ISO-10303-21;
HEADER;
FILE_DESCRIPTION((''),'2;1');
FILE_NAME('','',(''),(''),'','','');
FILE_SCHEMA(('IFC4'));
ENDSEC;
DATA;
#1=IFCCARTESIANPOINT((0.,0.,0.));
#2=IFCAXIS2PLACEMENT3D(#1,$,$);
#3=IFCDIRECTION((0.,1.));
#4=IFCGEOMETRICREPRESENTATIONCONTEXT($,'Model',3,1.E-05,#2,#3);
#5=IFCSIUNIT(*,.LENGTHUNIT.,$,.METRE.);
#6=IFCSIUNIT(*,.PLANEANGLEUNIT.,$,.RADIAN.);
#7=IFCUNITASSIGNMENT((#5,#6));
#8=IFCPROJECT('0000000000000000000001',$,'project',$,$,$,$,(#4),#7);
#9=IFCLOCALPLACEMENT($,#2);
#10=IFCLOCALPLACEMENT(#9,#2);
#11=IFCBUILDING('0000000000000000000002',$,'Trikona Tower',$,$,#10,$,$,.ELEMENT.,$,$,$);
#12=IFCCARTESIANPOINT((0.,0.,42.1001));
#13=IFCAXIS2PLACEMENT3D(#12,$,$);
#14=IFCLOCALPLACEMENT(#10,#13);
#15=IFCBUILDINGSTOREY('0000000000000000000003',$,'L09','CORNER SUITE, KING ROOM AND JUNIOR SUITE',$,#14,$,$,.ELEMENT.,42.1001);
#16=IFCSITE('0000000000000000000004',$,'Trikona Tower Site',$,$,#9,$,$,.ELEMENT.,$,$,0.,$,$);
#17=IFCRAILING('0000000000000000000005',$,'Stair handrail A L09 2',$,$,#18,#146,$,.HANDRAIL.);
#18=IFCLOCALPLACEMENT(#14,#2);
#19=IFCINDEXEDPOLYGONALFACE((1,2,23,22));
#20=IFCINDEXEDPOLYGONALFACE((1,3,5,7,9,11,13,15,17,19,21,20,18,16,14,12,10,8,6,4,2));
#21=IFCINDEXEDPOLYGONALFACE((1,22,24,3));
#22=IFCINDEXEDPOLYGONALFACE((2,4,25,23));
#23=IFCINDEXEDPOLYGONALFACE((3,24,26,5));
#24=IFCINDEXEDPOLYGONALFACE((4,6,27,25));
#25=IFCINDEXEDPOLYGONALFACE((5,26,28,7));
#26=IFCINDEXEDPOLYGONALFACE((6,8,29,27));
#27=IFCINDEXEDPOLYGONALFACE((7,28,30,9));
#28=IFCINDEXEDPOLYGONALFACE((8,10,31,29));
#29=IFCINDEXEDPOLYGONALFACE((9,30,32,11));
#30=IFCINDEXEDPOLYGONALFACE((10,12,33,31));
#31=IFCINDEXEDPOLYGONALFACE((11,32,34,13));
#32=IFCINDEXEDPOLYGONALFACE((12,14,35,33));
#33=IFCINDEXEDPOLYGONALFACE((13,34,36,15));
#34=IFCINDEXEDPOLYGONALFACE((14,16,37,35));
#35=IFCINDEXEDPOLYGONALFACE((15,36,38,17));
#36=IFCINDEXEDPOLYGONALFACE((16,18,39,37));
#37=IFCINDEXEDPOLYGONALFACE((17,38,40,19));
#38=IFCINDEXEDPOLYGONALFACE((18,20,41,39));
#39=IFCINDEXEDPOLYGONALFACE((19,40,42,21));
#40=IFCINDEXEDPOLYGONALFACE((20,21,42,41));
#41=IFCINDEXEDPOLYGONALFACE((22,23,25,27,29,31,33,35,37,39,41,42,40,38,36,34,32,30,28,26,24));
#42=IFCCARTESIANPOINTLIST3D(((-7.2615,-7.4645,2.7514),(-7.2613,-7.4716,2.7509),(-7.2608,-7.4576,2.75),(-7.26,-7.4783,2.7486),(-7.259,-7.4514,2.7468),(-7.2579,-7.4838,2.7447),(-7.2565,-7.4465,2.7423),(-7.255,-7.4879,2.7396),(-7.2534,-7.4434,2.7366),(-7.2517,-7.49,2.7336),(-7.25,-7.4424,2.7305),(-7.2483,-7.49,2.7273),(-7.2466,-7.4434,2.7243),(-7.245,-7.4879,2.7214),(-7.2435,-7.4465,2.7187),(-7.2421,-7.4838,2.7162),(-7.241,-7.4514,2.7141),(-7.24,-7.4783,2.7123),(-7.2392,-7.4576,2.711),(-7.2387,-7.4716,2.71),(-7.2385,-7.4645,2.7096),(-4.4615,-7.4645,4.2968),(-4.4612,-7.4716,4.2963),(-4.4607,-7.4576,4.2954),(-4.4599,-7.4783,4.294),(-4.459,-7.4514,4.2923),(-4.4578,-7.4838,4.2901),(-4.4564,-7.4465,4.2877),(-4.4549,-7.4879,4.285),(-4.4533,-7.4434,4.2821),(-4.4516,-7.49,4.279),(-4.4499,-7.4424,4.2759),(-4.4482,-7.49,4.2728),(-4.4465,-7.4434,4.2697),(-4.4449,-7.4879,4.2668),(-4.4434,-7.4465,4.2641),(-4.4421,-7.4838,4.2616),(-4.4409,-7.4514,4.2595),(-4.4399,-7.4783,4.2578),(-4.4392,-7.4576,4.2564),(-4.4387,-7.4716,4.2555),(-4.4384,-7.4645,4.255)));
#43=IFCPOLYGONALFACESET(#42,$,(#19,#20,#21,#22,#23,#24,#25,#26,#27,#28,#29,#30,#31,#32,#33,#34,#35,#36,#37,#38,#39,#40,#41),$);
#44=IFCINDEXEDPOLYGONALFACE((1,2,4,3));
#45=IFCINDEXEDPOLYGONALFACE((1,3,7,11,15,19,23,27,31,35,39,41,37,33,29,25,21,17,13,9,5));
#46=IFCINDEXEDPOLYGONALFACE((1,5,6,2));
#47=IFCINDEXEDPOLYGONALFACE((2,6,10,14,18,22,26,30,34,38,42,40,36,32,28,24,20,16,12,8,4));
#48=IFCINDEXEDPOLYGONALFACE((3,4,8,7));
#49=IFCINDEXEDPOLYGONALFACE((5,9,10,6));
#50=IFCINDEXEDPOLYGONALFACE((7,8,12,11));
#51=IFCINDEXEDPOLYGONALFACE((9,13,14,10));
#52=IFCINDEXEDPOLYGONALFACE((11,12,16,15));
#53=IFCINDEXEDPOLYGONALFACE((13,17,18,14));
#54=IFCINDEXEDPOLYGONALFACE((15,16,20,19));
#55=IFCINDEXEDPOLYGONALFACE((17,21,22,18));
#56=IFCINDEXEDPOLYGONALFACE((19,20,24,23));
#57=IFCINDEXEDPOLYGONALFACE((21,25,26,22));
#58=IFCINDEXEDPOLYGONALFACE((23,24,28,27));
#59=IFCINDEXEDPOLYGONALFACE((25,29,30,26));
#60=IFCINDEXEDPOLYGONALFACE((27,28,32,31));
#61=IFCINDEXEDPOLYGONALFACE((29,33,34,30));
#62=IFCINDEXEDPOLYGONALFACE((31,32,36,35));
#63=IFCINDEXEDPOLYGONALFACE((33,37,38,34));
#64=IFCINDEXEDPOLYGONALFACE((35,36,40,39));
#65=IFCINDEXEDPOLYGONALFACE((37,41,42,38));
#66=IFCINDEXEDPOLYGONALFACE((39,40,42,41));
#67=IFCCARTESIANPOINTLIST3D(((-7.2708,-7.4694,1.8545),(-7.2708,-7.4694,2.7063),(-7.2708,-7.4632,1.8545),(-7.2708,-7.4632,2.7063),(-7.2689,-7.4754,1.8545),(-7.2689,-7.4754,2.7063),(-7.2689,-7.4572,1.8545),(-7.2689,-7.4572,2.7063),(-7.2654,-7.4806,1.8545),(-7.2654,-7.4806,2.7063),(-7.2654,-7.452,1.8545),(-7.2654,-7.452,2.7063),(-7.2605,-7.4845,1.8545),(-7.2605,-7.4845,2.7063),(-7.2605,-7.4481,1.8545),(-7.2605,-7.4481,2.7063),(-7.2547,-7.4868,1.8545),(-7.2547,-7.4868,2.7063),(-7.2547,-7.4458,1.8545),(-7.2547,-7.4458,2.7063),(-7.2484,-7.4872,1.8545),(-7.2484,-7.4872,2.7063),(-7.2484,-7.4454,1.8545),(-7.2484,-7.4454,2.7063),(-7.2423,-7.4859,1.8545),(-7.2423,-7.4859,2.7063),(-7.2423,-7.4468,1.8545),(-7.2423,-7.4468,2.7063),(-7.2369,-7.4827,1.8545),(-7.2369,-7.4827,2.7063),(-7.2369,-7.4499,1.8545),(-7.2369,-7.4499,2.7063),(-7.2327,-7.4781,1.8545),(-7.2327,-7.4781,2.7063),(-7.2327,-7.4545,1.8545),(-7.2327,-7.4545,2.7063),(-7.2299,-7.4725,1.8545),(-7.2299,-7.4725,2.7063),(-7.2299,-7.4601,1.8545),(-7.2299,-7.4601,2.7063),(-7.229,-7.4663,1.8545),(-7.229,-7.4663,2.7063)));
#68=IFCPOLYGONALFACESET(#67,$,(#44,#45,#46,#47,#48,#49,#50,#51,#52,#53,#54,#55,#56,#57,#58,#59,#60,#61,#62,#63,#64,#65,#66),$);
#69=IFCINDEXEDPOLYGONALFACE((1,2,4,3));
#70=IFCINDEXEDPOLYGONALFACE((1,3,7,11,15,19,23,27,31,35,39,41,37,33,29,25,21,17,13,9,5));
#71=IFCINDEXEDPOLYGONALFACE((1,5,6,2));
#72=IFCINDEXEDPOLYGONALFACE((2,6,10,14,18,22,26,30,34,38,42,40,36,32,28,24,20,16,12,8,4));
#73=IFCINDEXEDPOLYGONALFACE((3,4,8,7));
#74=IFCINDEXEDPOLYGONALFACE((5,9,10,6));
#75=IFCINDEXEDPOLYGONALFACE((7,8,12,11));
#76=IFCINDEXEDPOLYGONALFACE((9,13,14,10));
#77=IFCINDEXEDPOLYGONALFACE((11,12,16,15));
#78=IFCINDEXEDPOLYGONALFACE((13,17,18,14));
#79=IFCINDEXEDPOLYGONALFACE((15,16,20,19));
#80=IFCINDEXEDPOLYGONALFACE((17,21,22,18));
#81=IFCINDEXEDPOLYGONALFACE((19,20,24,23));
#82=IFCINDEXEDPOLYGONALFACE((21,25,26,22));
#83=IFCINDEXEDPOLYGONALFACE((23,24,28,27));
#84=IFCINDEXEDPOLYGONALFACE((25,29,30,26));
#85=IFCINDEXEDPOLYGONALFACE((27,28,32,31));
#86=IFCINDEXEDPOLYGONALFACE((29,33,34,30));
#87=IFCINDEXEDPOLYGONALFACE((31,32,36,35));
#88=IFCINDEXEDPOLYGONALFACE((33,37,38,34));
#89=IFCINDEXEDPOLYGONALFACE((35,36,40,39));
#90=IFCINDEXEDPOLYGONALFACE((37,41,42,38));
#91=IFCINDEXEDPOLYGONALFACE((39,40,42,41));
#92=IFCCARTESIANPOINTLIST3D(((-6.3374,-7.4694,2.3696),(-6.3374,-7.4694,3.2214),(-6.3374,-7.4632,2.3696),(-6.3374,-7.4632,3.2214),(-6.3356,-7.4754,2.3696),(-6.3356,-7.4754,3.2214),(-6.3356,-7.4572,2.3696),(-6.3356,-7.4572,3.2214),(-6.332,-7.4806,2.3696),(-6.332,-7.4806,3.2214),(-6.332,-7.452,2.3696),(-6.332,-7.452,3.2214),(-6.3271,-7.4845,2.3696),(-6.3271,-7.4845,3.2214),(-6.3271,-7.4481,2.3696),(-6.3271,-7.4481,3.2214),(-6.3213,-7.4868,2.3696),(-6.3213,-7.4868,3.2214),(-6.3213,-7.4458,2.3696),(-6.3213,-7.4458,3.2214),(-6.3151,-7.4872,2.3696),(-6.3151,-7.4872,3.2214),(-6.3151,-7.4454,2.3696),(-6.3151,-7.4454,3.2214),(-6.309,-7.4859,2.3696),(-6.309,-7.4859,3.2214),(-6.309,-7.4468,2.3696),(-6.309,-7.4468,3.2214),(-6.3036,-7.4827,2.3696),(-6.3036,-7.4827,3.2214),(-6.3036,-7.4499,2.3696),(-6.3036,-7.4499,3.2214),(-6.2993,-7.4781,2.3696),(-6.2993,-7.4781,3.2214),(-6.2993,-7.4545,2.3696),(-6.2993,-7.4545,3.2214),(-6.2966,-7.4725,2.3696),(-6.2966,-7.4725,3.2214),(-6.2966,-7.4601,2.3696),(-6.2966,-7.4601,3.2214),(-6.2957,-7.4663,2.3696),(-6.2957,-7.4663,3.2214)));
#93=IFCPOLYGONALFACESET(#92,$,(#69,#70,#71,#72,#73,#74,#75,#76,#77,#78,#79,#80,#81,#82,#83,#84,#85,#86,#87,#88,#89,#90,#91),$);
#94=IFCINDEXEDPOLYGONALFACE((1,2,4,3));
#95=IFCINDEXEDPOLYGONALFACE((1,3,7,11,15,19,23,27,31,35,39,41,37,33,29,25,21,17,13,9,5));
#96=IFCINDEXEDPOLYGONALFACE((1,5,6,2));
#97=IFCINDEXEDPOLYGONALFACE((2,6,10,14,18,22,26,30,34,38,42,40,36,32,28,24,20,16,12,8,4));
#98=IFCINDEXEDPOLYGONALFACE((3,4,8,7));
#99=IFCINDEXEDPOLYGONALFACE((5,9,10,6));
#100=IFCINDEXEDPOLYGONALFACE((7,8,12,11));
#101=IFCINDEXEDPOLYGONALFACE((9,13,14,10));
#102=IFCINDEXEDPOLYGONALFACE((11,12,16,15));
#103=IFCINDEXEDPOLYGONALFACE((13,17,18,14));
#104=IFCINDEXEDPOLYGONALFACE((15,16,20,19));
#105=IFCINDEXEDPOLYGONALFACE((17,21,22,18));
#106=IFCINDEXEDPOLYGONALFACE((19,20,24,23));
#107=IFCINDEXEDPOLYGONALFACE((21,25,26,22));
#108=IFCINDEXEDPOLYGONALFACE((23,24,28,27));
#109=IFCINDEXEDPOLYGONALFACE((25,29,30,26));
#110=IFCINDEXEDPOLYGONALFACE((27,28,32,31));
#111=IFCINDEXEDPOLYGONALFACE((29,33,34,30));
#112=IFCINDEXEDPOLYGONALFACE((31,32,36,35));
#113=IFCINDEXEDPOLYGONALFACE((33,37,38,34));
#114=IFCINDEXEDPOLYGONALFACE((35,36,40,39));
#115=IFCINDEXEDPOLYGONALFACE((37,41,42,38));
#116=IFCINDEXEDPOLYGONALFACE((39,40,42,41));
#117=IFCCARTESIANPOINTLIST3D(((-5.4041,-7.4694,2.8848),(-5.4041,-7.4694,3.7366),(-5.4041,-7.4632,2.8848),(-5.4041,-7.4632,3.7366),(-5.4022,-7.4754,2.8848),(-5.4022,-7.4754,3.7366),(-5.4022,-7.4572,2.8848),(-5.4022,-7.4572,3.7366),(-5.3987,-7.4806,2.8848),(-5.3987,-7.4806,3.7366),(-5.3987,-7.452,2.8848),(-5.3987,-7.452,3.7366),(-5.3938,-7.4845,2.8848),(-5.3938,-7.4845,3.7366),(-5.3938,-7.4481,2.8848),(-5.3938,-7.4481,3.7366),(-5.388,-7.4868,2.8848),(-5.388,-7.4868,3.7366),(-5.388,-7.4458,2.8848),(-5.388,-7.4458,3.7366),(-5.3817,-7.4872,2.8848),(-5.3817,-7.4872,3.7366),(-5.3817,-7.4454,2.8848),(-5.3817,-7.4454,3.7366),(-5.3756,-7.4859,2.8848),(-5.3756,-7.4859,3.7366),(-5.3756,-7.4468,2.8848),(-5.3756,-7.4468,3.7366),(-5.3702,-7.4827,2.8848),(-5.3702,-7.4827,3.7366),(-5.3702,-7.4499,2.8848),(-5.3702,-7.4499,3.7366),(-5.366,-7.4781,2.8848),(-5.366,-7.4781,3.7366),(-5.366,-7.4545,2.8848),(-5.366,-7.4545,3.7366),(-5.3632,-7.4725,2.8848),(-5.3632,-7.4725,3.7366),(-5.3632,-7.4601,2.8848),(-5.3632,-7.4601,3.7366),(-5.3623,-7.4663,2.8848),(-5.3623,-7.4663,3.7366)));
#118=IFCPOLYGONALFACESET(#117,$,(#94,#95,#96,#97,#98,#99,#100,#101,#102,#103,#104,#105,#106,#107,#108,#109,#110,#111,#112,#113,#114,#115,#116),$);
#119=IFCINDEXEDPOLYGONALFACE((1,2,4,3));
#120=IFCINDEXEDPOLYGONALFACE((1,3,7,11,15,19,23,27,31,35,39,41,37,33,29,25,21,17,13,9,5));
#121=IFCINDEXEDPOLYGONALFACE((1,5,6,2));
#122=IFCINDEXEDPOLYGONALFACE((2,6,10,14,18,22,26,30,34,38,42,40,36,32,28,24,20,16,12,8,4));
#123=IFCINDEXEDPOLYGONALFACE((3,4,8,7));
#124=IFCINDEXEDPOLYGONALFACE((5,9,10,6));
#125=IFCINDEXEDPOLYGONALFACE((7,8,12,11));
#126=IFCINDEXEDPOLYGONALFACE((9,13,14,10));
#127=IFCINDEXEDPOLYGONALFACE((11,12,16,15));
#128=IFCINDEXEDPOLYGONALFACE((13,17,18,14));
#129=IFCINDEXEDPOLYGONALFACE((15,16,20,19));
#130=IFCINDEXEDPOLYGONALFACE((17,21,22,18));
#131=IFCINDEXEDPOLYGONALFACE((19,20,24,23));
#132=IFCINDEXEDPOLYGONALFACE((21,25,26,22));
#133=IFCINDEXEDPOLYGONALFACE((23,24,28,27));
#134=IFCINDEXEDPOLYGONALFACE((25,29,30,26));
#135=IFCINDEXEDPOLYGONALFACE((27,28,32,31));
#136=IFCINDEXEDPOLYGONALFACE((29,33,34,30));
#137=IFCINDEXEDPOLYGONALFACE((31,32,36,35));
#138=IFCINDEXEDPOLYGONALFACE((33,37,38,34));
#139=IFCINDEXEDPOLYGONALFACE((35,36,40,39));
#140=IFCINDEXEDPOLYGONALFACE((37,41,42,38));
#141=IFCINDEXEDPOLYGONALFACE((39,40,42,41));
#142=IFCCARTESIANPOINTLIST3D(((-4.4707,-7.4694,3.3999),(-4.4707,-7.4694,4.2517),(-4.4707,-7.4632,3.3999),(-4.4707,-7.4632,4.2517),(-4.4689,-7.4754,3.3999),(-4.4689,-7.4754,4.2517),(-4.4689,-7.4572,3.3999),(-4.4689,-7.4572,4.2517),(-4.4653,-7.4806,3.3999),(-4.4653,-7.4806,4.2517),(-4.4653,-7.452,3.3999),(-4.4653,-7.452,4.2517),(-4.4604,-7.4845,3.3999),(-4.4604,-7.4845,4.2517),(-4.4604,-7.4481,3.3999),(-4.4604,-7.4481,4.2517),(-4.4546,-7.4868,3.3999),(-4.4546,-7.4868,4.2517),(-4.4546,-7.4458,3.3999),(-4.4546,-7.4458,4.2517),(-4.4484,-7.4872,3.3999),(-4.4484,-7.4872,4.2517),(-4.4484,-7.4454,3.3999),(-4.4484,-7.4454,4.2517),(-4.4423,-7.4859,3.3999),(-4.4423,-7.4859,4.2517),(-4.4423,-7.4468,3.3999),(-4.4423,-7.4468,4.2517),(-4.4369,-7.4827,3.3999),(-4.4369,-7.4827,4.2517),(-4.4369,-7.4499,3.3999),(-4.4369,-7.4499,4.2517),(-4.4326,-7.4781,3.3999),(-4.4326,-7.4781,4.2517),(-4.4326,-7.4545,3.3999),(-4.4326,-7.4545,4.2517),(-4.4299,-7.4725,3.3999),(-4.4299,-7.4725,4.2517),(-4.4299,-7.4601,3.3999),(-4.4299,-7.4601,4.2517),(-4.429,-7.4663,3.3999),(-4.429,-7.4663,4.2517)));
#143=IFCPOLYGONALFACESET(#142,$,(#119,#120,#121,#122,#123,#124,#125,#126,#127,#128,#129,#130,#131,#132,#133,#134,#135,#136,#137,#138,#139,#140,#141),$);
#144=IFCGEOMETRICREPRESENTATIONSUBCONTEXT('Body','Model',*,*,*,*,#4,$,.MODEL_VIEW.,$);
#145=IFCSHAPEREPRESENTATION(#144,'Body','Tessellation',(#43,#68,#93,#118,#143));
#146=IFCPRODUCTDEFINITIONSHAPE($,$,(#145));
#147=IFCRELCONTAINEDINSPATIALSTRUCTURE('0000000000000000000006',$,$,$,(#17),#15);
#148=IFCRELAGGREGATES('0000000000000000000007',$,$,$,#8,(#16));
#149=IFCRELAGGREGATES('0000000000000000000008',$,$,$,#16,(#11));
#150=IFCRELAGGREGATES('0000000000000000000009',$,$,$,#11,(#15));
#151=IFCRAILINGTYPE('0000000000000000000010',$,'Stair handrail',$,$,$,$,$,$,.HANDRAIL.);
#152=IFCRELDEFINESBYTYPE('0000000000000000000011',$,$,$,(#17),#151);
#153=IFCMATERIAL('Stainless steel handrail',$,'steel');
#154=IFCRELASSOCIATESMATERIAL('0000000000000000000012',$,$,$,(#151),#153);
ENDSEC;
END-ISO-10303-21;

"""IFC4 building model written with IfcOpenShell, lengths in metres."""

from ifc_helpers import new_model, si_unit, direction, frame, origin, origin_2d, place, context, subcontext, project, spatial, circle, extrude, material, type_object, element, save


model = new_model("IFC4")

# Units and contexts
model_context = context("Model", 3, precision=1e-05, world=origin(), true_north=direction((0.0, 1.0)))
body_context = subcontext(model_context, "Body", "Model", "MODEL_VIEW")
ifc_project = project(units=[si_unit("LENGTHUNIT", "METRE"), si_unit("PLANEANGLEUNIT", "RADIAN")], contexts=[model_context])

# Site, building, storey
site_placement = place(None, origin())
site = spatial("IfcSite", under=ifc_project, at=site_placement, Name="Trikona Tower Site", CompositionType="ELEMENT", RefElevation=0.0)
building_placement = place(site_placement, origin())
building = spatial("IfcBuilding", under=site, at=building_placement, Name="Trikona Tower", CompositionType="ELEMENT")
storey_placement = place(building_placement, frame((0.0, 0.0, 42.1001)))
storey = spatial("IfcBuildingStorey", under=building, at=storey_placement, Name="L09", Description="CORNER SUITE, KING ROOM AND JUNIOR SUITE", CompositionType="ELEMENT", Elevation=42.1001)

# Railing
ifc_material_1 = material(Name="Stainless steel handrail", Category="steel")
railing_type = type_object("IfcRailingType", Name="Stair handrail", PredefinedType="HANDRAIL", material=ifc_material_1)
railing_placement = place(storey_placement, frame((-7.25, -7.4663, 1.8545)))
element("IfcRailing", 1, at=railing_placement, inside=storey, type_object=railing_type, Name="Stair handrail A L09 2", PredefinedType="HANDRAIL", context=body_context, shape_type="SweptSolid", body=[
    extrude(circle(Radius=0.0239, at=origin_2d()), frame((0.0, 0.0, 0.876), z_axis=(0.875504, 0.0, 0.483211), x_axis=(0.0, 1.0, 0.0)), (0.0, 0.0, 1.0), 3.1982),
    extrude(circle(Radius=0.021, at=origin_2d()), origin(), (0.0, 0.0, 1.0), 0.8518),
    extrude(circle(Radius=0.021, at=origin_2d()), frame((0.9333, 0.0, 0.5151)), (0.0, 0.0, 1.0), 0.8518),
    extrude(circle(Radius=0.021, at=origin_2d()), frame((1.8667, 0.0, 1.0303)), (0.0, 0.0, 1.0), 0.8518),
    extrude(circle(Radius=0.021, at=origin_2d()), frame((2.8, 0.0, 1.5454)), (0.0, 0.0, 1.0), 0.8518),
])

save(model, "model.ifc")
